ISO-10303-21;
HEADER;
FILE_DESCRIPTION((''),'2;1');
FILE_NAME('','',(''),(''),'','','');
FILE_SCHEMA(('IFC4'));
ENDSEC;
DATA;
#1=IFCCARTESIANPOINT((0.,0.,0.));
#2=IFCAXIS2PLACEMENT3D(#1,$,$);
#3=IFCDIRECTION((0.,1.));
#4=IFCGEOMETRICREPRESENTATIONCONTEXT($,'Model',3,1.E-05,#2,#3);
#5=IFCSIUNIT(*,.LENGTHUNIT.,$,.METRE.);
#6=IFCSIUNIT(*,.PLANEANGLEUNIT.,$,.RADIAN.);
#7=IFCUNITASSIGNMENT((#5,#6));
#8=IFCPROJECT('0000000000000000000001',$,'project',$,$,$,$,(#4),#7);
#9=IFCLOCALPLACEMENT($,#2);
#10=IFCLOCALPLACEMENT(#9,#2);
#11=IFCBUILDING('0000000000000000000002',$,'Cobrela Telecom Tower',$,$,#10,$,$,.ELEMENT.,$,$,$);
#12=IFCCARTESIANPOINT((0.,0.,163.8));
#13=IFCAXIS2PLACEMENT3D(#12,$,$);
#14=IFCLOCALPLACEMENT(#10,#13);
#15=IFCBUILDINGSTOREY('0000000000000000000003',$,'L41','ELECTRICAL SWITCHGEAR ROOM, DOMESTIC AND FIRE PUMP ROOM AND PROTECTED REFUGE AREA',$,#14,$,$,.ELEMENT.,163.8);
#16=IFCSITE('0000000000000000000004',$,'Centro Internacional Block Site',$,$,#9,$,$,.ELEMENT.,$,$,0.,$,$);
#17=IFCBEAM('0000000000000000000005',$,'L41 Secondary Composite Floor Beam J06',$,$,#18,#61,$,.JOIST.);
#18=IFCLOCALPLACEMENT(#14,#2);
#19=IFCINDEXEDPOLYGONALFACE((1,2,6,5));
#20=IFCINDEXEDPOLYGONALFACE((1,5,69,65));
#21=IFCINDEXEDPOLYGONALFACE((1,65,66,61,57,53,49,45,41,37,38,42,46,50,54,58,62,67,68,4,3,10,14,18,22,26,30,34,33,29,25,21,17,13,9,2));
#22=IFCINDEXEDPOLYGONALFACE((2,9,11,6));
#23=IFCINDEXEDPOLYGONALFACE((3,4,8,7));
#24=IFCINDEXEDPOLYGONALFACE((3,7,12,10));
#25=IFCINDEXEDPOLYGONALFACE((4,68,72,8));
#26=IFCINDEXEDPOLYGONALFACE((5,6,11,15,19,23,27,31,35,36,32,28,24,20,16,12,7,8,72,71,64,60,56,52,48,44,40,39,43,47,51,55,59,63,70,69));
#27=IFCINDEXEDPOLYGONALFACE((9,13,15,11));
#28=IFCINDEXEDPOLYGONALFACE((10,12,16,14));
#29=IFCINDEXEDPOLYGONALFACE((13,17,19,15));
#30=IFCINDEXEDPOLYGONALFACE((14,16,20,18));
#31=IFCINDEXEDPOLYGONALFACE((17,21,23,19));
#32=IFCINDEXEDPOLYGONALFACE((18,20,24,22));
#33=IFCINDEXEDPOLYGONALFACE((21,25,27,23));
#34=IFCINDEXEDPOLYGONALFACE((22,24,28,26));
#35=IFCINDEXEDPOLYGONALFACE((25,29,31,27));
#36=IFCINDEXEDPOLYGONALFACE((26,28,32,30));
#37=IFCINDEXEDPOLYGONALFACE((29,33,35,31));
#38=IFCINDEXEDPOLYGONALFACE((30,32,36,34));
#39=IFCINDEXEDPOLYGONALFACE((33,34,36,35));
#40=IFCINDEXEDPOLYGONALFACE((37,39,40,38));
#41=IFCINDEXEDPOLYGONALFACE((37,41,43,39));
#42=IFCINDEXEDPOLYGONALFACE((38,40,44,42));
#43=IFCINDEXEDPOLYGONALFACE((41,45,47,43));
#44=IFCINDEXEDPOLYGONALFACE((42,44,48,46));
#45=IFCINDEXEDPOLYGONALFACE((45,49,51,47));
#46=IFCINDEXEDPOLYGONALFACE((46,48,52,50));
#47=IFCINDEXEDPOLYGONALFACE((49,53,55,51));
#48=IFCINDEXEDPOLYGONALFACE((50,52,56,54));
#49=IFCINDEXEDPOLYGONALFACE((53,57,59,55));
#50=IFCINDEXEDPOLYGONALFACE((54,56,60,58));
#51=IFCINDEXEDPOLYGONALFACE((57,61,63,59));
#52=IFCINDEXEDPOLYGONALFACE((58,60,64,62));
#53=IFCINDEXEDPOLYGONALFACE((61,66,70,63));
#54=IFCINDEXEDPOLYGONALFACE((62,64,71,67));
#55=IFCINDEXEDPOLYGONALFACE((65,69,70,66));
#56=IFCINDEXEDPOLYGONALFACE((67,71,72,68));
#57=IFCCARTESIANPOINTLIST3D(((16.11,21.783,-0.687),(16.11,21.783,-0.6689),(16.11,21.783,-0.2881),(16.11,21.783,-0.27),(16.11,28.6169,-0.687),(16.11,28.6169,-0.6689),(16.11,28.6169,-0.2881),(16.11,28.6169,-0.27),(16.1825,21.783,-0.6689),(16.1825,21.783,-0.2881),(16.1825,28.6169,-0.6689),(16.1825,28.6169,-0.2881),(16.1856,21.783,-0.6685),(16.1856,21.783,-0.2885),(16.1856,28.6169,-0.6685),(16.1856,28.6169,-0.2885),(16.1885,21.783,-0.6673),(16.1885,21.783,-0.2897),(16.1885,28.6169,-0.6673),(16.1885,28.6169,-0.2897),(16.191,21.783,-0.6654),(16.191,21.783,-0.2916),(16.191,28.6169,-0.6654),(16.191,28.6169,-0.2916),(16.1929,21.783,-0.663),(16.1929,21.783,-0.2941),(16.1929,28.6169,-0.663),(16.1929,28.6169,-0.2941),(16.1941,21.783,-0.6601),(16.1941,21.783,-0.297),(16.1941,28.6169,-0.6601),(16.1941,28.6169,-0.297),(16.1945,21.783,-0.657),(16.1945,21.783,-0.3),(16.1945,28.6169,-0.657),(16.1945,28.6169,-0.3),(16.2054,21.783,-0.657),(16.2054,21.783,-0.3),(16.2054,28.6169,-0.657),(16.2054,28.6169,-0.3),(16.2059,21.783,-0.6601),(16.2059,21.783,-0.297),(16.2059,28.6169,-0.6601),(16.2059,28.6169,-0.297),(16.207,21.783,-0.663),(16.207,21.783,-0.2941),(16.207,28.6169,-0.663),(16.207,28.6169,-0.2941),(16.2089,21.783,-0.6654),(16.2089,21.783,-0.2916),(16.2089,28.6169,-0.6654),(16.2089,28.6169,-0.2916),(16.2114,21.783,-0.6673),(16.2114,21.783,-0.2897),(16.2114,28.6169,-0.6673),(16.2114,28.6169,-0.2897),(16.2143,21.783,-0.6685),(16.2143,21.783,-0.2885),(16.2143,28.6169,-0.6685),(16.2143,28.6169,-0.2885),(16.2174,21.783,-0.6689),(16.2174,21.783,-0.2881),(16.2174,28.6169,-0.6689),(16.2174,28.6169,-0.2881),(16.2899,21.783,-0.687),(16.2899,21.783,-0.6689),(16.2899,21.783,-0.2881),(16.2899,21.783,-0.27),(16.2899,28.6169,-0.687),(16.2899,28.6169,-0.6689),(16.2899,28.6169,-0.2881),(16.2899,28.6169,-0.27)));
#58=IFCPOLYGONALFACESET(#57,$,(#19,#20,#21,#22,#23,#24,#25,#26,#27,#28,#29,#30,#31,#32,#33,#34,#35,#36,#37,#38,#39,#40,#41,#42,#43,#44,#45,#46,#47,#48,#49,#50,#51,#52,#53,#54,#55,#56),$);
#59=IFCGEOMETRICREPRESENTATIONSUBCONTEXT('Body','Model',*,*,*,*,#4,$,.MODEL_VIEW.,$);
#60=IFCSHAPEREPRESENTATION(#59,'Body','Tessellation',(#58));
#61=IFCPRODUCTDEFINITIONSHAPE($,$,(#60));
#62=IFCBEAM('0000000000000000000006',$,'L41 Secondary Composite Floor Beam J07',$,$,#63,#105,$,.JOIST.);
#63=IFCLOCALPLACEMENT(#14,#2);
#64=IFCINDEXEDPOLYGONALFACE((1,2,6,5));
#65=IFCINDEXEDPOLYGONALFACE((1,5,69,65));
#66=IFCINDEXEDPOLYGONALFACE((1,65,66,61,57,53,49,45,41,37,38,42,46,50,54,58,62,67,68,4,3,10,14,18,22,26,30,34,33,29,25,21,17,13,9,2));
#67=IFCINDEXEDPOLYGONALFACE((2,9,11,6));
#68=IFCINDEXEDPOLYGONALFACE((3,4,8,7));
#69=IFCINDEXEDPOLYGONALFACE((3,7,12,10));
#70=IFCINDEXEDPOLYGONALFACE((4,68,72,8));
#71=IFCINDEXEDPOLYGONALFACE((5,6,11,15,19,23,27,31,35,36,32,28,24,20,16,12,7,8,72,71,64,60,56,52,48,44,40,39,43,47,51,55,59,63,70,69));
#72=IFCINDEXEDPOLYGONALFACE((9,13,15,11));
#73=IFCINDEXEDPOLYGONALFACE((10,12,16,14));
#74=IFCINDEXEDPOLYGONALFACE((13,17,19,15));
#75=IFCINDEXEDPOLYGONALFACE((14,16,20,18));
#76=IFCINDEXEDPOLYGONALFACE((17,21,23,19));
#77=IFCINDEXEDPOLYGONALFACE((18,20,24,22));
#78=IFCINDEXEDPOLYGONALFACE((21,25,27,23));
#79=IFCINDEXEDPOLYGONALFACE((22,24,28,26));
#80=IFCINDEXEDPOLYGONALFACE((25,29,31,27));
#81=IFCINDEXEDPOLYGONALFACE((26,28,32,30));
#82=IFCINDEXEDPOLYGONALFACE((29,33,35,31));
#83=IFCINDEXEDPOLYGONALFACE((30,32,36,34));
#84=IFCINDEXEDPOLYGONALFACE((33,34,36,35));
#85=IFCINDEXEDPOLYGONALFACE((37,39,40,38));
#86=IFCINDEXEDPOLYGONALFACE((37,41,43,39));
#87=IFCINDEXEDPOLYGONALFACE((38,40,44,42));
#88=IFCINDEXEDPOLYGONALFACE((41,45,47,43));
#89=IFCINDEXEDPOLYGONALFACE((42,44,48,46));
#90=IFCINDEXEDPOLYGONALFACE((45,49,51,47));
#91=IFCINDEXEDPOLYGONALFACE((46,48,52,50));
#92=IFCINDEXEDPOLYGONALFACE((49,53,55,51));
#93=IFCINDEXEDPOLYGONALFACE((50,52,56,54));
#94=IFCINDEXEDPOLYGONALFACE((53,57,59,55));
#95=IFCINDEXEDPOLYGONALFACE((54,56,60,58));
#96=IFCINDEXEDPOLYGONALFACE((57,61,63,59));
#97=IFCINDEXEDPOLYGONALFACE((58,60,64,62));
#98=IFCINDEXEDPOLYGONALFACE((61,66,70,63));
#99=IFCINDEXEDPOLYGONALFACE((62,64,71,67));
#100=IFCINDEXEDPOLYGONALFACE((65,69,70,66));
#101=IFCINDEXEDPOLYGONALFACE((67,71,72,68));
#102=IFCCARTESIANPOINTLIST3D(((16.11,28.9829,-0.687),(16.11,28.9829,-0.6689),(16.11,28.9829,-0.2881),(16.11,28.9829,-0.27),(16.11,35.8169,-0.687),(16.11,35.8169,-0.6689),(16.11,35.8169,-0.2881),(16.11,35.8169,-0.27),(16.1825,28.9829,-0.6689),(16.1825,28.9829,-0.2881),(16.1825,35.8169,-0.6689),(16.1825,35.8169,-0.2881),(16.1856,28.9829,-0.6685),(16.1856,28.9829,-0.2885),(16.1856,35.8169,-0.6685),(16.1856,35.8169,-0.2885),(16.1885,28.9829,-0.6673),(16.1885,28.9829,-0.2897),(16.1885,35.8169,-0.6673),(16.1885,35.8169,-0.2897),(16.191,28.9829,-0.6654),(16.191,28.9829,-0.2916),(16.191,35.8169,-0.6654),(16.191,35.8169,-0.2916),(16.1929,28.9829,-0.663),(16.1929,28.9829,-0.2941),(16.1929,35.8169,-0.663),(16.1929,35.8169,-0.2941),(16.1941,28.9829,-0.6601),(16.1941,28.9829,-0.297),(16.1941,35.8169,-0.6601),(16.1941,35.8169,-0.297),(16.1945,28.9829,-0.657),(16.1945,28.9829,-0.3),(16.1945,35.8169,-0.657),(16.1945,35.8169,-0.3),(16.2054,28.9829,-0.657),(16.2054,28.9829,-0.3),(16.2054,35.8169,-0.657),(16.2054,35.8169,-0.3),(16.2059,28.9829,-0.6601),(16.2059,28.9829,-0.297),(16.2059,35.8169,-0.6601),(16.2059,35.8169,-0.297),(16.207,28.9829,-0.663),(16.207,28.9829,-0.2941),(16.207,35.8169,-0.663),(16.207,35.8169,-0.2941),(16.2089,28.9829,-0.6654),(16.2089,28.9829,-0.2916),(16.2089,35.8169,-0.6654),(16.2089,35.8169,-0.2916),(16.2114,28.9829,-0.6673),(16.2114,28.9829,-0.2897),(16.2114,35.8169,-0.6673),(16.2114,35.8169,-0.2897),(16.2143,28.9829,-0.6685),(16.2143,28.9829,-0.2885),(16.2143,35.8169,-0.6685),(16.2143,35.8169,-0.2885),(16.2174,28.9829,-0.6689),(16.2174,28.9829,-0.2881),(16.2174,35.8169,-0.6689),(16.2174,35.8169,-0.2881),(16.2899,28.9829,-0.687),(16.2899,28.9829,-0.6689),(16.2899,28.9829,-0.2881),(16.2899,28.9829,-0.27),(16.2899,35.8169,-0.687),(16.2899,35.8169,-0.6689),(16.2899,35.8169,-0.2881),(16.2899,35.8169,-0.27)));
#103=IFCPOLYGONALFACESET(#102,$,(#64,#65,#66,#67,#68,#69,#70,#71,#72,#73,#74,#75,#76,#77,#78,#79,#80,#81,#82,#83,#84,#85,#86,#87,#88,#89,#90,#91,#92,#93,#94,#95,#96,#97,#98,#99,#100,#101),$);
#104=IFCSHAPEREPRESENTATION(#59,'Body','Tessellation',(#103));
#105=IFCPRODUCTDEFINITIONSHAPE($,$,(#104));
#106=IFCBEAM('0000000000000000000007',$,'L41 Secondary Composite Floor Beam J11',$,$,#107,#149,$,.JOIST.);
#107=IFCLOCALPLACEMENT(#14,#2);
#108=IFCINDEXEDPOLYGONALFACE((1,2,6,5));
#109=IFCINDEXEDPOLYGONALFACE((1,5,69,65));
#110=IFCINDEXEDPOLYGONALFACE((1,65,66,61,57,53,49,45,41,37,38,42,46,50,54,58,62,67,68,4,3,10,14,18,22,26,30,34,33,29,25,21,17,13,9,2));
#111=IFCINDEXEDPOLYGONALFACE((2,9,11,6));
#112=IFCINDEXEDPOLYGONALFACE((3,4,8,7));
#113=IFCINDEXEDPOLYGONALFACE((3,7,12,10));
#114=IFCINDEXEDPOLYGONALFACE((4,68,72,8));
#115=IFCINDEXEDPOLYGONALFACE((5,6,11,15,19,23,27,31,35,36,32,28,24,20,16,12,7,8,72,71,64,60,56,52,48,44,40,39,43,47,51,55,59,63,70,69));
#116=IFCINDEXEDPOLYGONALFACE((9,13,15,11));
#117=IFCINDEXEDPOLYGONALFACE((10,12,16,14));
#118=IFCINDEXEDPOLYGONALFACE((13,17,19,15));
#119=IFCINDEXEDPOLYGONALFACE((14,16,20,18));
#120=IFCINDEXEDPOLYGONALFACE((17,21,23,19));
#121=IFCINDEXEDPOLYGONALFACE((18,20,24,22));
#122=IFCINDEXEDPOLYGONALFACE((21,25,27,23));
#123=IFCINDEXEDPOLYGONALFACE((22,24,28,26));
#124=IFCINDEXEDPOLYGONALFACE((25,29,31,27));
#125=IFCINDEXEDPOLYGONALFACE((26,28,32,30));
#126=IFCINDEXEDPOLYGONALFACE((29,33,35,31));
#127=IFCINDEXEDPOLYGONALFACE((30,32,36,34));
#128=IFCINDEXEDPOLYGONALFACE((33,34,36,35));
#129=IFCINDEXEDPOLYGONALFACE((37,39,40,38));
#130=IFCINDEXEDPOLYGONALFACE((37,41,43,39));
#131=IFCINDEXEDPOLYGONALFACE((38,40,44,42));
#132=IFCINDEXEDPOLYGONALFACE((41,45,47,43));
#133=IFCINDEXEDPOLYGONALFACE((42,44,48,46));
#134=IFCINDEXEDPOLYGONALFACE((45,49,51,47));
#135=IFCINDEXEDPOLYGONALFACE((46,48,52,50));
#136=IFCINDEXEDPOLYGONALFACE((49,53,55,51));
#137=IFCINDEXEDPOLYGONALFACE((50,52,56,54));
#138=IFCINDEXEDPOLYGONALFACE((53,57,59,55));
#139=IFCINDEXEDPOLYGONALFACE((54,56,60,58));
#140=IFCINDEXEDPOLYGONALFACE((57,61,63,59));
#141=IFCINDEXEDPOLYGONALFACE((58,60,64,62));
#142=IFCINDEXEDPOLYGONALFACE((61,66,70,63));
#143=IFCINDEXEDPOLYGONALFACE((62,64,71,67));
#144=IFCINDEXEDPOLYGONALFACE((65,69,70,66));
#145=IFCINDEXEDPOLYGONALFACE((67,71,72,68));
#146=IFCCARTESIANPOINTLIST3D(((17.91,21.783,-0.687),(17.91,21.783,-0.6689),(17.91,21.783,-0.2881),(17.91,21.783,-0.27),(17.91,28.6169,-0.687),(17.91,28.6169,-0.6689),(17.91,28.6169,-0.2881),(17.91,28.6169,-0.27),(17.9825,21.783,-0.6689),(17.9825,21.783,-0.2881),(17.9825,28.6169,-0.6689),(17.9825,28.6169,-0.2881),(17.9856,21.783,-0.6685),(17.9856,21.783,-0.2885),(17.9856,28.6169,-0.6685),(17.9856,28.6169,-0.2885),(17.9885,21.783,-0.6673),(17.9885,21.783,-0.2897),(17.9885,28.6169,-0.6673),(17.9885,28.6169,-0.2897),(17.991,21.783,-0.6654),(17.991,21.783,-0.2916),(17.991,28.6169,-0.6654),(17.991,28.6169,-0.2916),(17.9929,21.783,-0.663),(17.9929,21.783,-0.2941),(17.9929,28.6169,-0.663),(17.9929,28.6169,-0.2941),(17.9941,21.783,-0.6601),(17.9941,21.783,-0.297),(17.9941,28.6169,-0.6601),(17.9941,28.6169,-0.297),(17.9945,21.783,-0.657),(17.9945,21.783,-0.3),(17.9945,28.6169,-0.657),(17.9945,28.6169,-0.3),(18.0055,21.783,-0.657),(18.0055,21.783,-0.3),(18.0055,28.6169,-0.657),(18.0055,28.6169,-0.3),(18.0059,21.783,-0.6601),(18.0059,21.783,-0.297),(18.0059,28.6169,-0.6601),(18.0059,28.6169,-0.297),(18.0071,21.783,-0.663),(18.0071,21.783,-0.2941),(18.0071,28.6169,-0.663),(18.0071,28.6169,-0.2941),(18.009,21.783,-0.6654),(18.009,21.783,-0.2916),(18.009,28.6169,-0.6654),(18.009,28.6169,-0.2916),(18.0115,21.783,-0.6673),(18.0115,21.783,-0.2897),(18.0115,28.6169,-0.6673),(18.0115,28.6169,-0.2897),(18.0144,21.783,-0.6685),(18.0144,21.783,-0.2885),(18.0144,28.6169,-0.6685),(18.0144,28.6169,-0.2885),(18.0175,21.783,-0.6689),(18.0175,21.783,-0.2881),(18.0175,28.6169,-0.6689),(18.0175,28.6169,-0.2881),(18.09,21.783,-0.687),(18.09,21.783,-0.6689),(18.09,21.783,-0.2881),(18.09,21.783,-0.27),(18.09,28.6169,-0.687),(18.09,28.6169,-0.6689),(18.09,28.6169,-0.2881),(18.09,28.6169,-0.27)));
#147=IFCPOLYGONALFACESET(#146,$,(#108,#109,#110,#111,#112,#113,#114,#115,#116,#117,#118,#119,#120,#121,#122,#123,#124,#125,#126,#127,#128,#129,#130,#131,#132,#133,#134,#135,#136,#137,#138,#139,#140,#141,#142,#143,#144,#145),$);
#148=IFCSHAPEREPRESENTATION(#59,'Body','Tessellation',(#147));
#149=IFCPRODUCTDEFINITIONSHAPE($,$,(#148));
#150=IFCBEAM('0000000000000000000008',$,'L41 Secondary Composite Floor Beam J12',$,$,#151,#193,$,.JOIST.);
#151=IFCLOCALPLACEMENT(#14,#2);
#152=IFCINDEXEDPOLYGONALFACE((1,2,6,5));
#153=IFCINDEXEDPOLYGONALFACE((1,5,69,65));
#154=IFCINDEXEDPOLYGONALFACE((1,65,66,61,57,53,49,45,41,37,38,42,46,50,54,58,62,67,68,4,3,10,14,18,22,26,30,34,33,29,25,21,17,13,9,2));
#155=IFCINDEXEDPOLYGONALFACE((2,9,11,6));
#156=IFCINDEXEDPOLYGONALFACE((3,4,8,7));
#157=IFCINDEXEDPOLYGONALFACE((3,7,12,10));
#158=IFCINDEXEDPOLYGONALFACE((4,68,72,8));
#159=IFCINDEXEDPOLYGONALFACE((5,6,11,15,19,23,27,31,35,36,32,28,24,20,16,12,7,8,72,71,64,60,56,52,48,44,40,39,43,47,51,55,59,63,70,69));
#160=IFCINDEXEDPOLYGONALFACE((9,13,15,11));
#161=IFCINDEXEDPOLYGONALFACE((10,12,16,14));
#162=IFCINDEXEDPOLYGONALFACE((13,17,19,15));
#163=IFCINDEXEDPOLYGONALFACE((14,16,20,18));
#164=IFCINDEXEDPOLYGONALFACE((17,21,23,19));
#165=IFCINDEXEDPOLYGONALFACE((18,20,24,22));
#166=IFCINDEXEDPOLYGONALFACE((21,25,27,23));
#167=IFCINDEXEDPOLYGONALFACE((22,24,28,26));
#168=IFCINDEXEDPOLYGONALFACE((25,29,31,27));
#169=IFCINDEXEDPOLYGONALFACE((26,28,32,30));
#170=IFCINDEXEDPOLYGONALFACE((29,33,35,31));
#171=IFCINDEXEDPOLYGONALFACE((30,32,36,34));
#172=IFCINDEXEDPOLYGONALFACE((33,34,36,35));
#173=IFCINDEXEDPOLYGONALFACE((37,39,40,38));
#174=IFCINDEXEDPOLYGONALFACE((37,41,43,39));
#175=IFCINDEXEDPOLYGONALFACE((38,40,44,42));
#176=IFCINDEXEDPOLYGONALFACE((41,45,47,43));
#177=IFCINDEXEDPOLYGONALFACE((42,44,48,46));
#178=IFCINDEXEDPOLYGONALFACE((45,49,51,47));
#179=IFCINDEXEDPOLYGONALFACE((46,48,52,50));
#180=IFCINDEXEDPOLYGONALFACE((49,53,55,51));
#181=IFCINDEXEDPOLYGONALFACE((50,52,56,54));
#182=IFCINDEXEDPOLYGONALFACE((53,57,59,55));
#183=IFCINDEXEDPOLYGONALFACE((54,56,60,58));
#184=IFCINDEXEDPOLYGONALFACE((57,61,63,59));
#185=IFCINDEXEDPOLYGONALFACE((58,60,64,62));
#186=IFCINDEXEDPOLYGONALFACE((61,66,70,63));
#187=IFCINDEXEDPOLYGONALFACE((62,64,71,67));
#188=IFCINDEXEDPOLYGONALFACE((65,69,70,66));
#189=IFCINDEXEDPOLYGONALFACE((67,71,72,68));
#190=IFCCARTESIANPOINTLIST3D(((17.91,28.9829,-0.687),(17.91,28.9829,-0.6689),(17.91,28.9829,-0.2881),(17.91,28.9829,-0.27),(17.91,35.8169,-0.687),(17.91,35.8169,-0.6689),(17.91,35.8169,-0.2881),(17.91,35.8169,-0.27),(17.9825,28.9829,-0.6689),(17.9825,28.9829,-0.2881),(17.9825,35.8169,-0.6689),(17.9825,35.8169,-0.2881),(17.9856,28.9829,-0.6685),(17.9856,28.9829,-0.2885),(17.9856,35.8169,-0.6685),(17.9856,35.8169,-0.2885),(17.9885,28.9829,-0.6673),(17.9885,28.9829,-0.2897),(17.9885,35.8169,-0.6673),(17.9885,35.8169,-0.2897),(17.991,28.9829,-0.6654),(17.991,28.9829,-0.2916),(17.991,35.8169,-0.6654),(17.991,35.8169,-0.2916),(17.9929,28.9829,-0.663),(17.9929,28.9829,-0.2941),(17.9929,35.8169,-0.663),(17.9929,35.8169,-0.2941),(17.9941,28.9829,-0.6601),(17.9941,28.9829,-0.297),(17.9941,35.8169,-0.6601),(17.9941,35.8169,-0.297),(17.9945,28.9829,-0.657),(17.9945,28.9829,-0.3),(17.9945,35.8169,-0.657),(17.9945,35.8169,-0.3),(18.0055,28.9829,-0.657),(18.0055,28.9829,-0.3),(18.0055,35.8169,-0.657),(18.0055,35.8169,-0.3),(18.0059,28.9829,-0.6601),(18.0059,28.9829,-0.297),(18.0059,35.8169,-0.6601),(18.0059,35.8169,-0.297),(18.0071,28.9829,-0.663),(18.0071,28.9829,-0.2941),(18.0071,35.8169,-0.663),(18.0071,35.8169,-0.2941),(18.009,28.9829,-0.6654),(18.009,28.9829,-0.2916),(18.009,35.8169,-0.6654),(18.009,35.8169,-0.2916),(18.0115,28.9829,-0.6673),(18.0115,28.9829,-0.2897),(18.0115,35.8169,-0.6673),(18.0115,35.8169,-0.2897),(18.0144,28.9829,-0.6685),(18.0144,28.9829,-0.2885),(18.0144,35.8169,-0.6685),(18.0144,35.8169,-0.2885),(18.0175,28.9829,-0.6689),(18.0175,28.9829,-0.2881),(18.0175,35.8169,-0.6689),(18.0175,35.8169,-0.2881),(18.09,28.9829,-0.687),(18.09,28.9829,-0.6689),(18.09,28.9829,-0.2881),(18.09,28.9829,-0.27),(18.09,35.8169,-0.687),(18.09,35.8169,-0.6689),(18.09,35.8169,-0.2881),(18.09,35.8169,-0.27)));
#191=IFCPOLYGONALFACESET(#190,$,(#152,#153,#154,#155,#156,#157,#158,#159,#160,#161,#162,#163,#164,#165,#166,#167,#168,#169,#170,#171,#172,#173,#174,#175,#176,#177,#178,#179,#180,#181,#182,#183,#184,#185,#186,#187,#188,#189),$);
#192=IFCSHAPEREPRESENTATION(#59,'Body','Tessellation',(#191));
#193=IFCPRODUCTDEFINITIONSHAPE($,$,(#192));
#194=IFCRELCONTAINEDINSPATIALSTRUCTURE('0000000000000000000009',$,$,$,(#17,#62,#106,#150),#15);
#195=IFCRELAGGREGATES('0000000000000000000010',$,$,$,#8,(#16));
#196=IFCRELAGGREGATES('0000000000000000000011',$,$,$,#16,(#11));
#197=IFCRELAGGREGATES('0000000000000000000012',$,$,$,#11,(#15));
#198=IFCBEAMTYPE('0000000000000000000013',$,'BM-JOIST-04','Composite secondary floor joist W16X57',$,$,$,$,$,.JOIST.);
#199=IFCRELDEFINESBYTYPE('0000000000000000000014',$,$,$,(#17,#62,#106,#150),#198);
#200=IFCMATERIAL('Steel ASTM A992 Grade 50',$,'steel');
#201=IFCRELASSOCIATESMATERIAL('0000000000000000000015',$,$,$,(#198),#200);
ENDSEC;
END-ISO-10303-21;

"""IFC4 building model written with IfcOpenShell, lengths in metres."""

from ifc_helpers import new_model, si_unit, direction, frame, origin, origin_2d, place, context, subcontext, project, spatial, i_section, extrude, material, material_profile, profile_set, type_object, element, save


model = new_model("IFC4")

# Units and contexts
model_context = context("Model", 3, precision=1e-05, world=origin(), true_north=direction((0.0, 1.0)))
body_context = subcontext(model_context, "Body", "Model", "MODEL_VIEW")
ifc_project = project(units=[si_unit("LENGTHUNIT", "METRE"), si_unit("PLANEANGLEUNIT", "RADIAN")], contexts=[model_context])

# Site, building, storey
site_placement = place(None, origin())
site = spatial("IfcSite", under=ifc_project, at=site_placement, Name="Centro Internacional Block Site", CompositionType="ELEMENT", RefElevation=0.0)
building_placement = place(site_placement, origin())
building = spatial("IfcBuilding", under=site, at=building_placement, Name="Cobrela Telecom Tower", CompositionType="ELEMENT")
storey_placement = place(building_placement, frame((0.0, 0.0, 163.8)))
storey = spatial("IfcBuildingStorey", under=building, at=storey_placement, Name="L41", Description="ELECTRICAL SWITCHGEAR ROOM, DOMESTIC AND FIRE PUMP ROOM AND PROTECTED REFUGE AREA", CompositionType="ELEMENT", Elevation=163.8)

# Beams
ifc_material_1 = material(Name="Steel ASTM A992 Grade 50", Category="steel")
ifc_material_profile_1 = material_profile(ifc_material_1, i_section(OverallWidth=0.1799, OverallDepth=0.417, WebThickness=0.011, FlangeThickness=0.0181, FilletRadius=0.012, at=origin_2d()), Name="W16X57")
ifc_profile_set_1 = profile_set([ifc_material_profile_1], Name="Steel ASTM A992 Grade 50")
beam_type_1 = type_object("IfcBeamType", Name="BM-JOIST-04", Description="Composite secondary floor joist W16X57", PredefinedType="JOIST", material=ifc_profile_set_1)
for number, where, z_axis, x_axis, name in (
    (1, (16.2, 21.783, -0.4785), (0.0, 1.0, 0.0), (-1.0, 0.0, 0.0), "L41 Secondary Composite Floor Beam J06"),
    (2, (16.2, 28.9829, -0.4785), (0.0, 1.0, 0.0), (-1.0, 0.0, 0.0), "L41 Secondary Composite Floor Beam J07"),
    (3, (18.0, 21.783, -0.4785), (0.0, 1.0, 0.0), (-1.0, 0.0, 0.0), "L41 Secondary Composite Floor Beam J11"),
    (4, (18.0, 28.9829, -0.4785), (0.0, 1.0, 0.0), (-1.0, 0.0, 0.0), "L41 Secondary Composite Floor Beam J12"),
):
    element("IfcBeam", number, at=place(storey_placement, frame(where, z_axis=z_axis, x_axis=x_axis)), inside=storey, type_object=beam_type_1, Name=name, PredefinedType="JOIST", context=body_context, shape_type="SweptSolid", body=[
        extrude(i_section(OverallWidth=0.1799, OverallDepth=0.417, WebThickness=0.011, FlangeThickness=0.0181, FilletRadius=0.012, at=origin_2d()), origin(), (0.0, 0.0, 1.0), 6.834),
    ])

save(model, "model.ifc")
